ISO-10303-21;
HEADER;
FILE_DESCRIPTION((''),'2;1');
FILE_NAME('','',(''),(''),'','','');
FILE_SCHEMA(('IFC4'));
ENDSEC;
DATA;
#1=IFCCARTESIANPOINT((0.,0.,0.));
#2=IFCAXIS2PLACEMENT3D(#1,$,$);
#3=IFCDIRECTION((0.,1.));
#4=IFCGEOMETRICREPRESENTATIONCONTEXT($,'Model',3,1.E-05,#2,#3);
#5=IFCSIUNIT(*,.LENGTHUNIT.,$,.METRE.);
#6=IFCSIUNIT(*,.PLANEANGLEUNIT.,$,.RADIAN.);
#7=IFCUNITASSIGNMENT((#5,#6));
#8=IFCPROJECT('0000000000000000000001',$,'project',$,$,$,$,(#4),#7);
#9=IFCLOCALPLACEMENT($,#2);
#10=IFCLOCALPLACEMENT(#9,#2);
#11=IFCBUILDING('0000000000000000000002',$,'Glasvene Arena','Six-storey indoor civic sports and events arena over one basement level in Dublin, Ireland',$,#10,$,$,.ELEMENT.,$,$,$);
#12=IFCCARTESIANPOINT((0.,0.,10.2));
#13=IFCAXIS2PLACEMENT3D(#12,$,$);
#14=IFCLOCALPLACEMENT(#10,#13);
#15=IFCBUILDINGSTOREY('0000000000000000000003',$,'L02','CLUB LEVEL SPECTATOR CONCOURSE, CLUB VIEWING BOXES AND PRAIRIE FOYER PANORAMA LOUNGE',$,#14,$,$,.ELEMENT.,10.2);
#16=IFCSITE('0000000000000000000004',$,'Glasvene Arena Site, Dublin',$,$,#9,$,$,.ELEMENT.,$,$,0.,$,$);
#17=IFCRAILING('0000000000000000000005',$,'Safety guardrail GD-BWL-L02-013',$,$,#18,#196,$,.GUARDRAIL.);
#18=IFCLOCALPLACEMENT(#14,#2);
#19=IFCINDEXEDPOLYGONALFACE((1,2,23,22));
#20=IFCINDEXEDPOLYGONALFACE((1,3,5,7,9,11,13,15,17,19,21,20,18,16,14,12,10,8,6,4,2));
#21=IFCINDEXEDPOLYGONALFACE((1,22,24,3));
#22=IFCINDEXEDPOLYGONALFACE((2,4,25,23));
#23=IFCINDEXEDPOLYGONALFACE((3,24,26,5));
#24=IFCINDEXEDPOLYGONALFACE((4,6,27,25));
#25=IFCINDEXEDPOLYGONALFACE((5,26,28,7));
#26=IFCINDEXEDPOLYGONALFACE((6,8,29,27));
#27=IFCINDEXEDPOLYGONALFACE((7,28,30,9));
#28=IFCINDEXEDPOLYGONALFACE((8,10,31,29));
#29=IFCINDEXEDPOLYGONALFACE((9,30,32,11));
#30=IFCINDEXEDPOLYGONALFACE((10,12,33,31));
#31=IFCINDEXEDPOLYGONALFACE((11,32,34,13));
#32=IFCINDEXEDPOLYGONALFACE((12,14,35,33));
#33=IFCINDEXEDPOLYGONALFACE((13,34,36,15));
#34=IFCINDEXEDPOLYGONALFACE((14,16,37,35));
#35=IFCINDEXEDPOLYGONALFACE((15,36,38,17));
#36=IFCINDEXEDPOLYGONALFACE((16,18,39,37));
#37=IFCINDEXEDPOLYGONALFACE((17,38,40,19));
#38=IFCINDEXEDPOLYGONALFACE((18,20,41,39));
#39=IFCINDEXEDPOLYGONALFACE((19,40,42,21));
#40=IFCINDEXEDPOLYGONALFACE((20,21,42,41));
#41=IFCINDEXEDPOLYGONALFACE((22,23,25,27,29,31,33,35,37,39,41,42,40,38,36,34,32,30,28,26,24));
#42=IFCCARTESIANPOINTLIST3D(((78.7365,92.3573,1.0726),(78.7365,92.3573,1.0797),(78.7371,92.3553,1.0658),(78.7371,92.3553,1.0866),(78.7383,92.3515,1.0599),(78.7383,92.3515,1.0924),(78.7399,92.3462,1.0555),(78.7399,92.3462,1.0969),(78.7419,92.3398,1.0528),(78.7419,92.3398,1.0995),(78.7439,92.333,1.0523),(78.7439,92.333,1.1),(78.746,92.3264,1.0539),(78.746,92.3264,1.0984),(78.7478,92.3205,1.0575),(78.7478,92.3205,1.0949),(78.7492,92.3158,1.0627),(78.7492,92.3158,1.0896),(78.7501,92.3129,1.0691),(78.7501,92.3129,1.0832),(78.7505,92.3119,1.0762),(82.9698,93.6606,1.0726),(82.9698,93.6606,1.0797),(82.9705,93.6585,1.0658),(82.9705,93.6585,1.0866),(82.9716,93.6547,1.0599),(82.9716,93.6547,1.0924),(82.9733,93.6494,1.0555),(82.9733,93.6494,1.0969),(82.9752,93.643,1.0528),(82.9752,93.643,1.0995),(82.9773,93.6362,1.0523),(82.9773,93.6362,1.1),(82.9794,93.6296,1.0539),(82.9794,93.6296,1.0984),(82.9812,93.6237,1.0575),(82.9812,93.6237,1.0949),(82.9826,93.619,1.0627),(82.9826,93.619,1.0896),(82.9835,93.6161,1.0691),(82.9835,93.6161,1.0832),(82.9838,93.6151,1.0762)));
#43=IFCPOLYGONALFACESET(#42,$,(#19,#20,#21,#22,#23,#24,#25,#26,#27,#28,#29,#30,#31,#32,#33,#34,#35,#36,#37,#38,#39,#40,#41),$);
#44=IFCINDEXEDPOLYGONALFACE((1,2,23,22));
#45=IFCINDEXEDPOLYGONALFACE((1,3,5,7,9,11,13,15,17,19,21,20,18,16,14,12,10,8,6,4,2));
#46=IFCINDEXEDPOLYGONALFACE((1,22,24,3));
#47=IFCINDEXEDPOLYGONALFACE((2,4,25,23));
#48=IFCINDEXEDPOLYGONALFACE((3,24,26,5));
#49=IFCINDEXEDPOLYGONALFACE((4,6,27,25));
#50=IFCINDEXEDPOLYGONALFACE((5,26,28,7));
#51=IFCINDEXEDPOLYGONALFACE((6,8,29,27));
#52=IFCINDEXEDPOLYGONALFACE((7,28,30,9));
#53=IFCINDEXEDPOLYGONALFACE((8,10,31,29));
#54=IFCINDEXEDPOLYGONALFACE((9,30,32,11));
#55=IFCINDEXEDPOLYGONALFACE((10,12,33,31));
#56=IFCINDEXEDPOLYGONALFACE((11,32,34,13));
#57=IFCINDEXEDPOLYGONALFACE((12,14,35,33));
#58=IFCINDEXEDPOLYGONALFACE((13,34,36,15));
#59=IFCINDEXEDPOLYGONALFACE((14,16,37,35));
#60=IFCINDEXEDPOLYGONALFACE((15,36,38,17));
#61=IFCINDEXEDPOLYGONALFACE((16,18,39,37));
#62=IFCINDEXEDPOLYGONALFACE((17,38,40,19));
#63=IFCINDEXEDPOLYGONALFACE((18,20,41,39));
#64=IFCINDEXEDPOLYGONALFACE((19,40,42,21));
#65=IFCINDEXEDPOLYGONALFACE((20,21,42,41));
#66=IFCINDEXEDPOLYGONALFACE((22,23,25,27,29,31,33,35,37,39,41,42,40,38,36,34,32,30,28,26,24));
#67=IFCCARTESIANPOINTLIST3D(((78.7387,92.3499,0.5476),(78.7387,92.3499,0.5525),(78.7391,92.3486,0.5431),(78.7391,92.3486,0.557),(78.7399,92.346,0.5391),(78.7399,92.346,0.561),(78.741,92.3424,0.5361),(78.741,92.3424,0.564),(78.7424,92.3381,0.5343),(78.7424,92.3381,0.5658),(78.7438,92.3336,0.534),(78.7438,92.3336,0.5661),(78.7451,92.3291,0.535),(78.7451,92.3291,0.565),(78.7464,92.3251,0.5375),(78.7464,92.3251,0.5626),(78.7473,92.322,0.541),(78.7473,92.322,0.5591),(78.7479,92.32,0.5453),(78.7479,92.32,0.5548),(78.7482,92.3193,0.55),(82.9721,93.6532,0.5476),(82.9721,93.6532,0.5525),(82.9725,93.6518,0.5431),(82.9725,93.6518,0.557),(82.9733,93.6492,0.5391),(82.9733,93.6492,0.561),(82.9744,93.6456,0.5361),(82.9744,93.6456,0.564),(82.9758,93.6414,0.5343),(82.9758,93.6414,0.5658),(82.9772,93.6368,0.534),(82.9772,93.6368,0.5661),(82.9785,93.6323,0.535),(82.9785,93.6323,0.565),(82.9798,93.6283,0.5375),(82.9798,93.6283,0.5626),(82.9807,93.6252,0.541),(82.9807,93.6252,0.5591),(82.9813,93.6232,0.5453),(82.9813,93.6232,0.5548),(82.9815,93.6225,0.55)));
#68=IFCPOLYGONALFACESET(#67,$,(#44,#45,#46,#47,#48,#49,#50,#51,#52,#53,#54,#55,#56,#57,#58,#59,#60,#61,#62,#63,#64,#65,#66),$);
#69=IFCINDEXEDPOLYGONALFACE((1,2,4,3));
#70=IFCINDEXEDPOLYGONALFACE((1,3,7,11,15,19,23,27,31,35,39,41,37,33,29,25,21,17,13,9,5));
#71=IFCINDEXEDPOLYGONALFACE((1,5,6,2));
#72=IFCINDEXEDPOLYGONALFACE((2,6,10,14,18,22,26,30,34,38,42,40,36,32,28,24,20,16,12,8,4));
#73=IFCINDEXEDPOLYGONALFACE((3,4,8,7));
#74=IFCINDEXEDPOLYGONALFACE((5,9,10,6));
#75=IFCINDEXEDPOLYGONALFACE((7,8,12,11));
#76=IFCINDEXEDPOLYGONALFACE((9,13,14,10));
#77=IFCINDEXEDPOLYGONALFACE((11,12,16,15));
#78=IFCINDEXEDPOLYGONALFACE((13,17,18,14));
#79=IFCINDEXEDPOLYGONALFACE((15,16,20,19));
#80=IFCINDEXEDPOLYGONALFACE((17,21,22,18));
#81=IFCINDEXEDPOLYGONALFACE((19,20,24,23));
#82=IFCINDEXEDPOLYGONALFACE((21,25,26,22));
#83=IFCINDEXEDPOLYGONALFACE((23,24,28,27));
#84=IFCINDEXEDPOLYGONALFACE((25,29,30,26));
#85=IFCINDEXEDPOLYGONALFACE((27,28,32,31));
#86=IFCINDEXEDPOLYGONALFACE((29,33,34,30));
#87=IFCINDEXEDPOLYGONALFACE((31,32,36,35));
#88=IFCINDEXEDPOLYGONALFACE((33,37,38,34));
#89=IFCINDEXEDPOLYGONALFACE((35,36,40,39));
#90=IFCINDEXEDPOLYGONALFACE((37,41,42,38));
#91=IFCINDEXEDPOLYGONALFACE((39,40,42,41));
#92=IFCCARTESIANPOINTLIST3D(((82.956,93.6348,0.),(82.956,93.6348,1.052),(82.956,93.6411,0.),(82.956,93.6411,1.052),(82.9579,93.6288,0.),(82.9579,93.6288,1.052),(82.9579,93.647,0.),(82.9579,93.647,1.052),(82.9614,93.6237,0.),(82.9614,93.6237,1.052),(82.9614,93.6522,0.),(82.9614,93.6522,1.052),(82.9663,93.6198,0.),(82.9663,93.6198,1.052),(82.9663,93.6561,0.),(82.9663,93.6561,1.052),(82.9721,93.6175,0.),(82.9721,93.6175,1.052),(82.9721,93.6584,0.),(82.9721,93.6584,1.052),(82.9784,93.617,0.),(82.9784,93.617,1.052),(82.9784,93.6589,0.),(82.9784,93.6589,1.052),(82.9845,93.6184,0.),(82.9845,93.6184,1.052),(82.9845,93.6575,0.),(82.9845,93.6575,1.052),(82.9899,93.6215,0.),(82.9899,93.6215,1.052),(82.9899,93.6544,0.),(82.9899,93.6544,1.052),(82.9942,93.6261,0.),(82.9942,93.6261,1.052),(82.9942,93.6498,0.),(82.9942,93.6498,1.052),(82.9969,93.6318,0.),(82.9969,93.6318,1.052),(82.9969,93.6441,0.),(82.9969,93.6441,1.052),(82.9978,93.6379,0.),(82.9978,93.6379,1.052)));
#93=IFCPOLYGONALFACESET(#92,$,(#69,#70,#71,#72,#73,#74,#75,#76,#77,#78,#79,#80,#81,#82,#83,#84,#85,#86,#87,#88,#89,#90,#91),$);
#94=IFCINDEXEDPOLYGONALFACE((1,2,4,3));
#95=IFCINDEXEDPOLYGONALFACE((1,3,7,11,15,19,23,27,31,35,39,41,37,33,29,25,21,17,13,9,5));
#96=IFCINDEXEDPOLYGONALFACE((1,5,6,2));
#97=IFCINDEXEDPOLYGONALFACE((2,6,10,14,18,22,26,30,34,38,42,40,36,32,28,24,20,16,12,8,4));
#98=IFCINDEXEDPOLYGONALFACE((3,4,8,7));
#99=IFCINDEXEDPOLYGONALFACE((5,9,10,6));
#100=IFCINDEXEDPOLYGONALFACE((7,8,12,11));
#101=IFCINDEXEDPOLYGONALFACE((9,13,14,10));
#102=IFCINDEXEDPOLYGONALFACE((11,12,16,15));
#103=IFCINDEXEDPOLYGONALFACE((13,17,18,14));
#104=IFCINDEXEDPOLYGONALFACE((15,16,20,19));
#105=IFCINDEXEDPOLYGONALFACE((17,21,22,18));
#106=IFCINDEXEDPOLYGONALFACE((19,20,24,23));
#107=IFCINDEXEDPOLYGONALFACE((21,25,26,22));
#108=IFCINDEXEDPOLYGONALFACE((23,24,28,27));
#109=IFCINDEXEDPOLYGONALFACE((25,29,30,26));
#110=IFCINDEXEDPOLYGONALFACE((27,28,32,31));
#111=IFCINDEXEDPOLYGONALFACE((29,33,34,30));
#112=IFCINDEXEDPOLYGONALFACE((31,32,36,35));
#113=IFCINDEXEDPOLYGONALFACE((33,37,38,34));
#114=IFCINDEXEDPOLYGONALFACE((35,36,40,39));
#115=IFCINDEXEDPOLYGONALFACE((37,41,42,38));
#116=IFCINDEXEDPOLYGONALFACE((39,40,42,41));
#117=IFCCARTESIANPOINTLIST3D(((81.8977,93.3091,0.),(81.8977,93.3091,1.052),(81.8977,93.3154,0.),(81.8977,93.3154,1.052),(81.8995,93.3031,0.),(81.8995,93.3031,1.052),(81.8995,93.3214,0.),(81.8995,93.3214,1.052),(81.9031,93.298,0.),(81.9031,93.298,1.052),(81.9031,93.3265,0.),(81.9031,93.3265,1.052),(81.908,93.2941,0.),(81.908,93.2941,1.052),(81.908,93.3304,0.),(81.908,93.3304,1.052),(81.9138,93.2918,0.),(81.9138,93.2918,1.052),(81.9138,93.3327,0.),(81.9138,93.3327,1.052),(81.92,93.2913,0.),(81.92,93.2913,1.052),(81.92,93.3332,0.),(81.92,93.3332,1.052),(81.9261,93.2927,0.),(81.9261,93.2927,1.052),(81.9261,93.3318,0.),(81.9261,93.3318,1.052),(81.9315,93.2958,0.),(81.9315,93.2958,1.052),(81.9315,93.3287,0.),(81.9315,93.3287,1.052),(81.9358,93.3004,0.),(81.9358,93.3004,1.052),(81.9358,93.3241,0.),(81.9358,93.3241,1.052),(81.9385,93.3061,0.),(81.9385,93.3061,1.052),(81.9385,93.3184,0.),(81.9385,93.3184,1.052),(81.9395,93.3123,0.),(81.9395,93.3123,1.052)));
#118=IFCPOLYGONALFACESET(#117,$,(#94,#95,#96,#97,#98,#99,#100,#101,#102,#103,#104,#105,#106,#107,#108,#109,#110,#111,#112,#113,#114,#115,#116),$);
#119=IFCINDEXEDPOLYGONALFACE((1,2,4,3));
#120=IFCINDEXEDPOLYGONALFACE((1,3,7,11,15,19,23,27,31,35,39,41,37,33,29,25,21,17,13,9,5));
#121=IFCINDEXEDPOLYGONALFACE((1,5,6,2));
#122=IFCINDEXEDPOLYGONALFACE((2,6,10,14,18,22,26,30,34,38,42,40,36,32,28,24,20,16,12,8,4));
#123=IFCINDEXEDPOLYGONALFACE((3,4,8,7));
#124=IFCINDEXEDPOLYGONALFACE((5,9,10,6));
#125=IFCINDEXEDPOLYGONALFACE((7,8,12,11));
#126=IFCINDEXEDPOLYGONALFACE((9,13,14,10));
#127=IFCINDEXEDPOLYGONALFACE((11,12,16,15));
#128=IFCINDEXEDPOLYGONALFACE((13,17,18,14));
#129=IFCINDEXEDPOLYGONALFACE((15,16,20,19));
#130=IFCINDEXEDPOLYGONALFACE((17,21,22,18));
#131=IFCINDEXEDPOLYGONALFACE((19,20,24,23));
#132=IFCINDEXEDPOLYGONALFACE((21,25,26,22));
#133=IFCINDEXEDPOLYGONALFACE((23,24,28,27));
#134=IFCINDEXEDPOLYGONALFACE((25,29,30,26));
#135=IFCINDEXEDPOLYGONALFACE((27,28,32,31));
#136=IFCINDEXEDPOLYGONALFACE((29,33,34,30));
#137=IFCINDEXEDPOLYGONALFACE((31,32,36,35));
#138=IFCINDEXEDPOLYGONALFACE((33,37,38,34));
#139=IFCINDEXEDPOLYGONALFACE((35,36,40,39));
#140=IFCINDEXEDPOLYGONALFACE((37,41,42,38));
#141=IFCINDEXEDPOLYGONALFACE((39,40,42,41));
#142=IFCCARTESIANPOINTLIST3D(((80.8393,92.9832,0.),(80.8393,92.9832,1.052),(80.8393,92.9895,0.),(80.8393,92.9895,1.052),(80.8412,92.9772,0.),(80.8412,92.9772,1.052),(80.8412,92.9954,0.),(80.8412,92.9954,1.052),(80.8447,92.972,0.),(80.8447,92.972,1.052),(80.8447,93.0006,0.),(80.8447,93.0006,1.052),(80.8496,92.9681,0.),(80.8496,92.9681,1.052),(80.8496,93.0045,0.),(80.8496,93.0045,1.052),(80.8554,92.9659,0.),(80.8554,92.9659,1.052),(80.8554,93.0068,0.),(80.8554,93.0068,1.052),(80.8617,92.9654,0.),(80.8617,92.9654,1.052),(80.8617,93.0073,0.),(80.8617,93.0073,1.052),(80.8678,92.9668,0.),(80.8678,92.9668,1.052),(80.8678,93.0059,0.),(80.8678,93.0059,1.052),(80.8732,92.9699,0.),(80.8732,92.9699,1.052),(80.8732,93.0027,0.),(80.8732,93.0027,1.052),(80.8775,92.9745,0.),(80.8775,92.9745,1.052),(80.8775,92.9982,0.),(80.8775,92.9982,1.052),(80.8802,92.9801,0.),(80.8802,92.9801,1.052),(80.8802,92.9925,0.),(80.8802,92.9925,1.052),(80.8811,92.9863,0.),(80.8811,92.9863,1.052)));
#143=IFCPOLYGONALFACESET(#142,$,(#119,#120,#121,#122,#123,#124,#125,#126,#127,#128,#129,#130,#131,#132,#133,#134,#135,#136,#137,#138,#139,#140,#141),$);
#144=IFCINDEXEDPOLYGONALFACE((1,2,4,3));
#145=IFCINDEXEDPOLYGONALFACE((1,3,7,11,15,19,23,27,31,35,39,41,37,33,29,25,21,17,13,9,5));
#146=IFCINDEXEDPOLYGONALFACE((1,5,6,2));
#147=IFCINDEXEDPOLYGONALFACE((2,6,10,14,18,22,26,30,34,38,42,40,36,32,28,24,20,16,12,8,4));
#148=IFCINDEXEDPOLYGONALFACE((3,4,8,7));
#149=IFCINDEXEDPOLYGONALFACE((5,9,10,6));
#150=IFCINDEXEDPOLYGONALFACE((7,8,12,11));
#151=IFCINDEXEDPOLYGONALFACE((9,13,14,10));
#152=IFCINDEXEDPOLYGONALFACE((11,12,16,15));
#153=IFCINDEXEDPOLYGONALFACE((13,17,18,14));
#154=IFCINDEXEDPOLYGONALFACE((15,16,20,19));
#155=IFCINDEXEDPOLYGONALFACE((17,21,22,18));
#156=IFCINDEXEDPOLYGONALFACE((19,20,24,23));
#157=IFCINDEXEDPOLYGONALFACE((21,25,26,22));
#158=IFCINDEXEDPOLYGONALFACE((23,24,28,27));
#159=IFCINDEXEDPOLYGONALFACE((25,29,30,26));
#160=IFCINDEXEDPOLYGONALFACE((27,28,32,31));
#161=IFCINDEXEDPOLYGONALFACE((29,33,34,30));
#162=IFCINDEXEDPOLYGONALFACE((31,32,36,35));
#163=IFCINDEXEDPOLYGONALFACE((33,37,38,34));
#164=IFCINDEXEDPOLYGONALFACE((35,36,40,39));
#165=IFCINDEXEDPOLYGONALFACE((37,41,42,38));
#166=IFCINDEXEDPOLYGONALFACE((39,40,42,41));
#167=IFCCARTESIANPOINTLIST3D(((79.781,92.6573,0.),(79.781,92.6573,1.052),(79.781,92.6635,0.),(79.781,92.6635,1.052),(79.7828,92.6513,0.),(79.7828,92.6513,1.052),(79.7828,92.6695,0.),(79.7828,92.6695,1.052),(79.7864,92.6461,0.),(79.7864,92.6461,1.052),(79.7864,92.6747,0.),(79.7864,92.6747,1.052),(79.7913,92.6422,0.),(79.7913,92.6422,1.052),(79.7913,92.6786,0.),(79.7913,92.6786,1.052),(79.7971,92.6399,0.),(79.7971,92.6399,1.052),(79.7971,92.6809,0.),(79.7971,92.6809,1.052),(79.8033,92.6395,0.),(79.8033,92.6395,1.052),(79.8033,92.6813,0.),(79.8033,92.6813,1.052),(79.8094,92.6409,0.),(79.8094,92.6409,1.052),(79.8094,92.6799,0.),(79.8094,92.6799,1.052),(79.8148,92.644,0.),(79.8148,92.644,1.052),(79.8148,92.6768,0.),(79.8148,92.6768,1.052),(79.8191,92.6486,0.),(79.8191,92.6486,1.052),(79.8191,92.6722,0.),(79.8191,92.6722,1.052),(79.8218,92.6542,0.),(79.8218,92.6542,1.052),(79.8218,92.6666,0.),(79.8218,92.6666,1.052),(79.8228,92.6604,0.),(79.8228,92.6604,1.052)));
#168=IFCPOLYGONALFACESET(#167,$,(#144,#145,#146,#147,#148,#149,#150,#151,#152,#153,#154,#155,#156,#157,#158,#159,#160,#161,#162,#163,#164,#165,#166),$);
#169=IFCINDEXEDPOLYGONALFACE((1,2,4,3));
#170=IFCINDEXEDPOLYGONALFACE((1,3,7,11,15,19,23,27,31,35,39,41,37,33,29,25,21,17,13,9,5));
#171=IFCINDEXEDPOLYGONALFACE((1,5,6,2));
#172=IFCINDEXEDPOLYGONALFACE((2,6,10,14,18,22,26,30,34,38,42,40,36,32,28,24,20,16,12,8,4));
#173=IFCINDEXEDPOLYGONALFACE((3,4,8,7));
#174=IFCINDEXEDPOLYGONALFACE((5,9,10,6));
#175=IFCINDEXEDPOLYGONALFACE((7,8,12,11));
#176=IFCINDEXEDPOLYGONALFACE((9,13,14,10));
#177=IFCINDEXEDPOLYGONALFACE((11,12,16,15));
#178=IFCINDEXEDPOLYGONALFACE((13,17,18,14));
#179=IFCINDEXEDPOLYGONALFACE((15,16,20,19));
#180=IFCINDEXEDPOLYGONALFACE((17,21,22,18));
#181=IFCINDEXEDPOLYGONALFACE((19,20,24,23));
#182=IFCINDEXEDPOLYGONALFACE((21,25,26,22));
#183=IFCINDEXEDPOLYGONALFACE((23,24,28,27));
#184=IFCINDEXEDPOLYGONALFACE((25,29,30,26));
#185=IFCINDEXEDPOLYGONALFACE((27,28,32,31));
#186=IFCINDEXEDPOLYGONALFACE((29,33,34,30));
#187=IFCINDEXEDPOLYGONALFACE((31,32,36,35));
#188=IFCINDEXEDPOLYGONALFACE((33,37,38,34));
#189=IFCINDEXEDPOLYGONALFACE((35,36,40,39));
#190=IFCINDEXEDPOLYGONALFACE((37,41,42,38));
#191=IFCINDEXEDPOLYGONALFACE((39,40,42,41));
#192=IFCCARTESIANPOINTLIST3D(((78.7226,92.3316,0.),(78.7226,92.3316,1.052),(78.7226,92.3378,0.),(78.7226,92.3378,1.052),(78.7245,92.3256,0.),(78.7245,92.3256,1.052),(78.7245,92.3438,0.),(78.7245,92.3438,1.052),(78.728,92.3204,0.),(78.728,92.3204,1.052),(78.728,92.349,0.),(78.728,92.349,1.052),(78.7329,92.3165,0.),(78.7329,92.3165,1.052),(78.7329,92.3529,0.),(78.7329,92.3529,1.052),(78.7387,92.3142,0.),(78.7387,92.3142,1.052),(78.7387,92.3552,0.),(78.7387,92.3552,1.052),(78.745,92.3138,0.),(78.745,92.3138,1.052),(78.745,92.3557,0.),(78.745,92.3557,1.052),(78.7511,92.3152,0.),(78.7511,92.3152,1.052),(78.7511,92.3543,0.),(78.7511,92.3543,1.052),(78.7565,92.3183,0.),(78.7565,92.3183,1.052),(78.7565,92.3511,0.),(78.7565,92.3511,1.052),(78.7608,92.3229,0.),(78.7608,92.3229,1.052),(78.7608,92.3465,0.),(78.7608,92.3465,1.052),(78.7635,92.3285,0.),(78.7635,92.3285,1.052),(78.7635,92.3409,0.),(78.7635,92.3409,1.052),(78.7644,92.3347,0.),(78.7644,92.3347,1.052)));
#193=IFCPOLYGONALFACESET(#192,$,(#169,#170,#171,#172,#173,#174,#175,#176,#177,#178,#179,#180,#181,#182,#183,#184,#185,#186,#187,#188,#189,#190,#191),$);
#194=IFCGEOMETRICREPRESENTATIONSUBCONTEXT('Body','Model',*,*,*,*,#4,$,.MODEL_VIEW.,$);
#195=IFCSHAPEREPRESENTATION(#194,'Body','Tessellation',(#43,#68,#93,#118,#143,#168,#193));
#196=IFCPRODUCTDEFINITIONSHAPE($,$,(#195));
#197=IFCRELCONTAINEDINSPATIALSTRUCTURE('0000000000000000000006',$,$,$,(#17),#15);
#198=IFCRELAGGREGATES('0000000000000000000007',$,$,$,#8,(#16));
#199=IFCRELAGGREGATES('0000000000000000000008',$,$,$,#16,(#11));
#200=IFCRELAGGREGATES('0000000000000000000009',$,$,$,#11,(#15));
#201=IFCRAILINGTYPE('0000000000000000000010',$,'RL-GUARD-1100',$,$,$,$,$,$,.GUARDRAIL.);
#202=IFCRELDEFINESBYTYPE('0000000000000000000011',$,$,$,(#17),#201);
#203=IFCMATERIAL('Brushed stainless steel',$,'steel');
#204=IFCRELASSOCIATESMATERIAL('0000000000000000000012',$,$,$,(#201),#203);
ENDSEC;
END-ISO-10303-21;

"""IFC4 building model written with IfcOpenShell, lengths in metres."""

from ifc_helpers import new_model, si_unit, direction, frame, origin, origin_2d, place, context, subcontext, project, spatial, circle, extrude, material, type_object, element, save


model = new_model("IFC4")

# Units and contexts
model_context = context("Model", 3, precision=1e-05, world=origin(), true_north=direction((0.0, 1.0)))
body_context = subcontext(model_context, "Body", "Model", "MODEL_VIEW")
ifc_project = project(units=[si_unit("LENGTHUNIT", "METRE"), si_unit("PLANEANGLEUNIT", "RADIAN")], contexts=[model_context])

# Site, building, storey
site_placement = place(None, origin())
site = spatial("IfcSite", under=ifc_project, at=site_placement, Name="Glasvene Arena Site, Dublin", CompositionType="ELEMENT", RefElevation=0.0)
building_placement = place(site_placement, origin())
building = spatial("IfcBuilding", under=site, at=building_placement, Name="Glasvene Arena", Description="Six-storey indoor civic sports and events arena over one basement level in Dublin, Ireland", CompositionType="ELEMENT")
storey_placement = place(building_placement, frame((0.0, 0.0, 10.2)))
storey = spatial("IfcBuildingStorey", under=building, at=storey_placement, Name="L02", Description="CLUB LEVEL SPECTATOR CONCOURSE, CLUB VIEWING BOXES AND PRAIRIE FOYER PANORAMA LOUNGE", CompositionType="ELEMENT", Elevation=10.2)

# Railing
ifc_material_1 = material(Name="Brushed stainless steel", Category="steel")
railing_type = type_object("IfcRailingType", Name="RL-GUARD-1100", PredefinedType="GUARDRAIL", material=ifc_material_1)
railing_1_placement = place(storey_placement, frame((82.9768, 93.6379, 0.0)))
element("IfcRailing", 1, at=railing_1_placement, inside=storey, type_object=railing_type, Name="Safety guardrail GD-BWL-L02-013", PredefinedType="GUARDRAIL", context=body_context, shape_type="SweptSolid", body=[
    extrude(circle(Radius=0.0239, at=origin_2d()), frame((0.0, 0.0, 1.0762), z_axis=(-0.955738, -0.294218, 0.0), x_axis=(0.294218, -0.955738, 0.0)), (0.0, 0.0, 1.0), 4.4294),
    extrude(circle(Radius=0.0161, at=origin_2d()), frame((0.0, 0.0, 0.55), z_axis=(-0.955738, -0.294218, 0.0), x_axis=(0.294218, -0.955738, 0.0)), (0.0, 0.0, 1.0), 4.4294),
    extrude(circle(Radius=0.021, at=origin_2d()), origin(), (0.0, 0.0, 1.0), 1.052),
    extrude(circle(Radius=0.021, at=origin_2d()), frame((-1.0583, -0.3257, 0.0)), (0.0, 0.0, 1.0), 1.052),
    extrude(circle(Radius=0.021, at=origin_2d()), frame((-2.1167, -0.6516, 0.0)), (0.0, 0.0, 1.0), 1.052),
    extrude(circle(Radius=0.021, at=origin_2d()), frame((-3.175, -0.9775, 0.0)), (0.0, 0.0, 1.0), 1.052),
    extrude(circle(Radius=0.021, at=origin_2d()), frame((-4.2334, -1.3032, 0.0)), (0.0, 0.0, 1.0), 1.052),
])

save(model, "model.ifc")
